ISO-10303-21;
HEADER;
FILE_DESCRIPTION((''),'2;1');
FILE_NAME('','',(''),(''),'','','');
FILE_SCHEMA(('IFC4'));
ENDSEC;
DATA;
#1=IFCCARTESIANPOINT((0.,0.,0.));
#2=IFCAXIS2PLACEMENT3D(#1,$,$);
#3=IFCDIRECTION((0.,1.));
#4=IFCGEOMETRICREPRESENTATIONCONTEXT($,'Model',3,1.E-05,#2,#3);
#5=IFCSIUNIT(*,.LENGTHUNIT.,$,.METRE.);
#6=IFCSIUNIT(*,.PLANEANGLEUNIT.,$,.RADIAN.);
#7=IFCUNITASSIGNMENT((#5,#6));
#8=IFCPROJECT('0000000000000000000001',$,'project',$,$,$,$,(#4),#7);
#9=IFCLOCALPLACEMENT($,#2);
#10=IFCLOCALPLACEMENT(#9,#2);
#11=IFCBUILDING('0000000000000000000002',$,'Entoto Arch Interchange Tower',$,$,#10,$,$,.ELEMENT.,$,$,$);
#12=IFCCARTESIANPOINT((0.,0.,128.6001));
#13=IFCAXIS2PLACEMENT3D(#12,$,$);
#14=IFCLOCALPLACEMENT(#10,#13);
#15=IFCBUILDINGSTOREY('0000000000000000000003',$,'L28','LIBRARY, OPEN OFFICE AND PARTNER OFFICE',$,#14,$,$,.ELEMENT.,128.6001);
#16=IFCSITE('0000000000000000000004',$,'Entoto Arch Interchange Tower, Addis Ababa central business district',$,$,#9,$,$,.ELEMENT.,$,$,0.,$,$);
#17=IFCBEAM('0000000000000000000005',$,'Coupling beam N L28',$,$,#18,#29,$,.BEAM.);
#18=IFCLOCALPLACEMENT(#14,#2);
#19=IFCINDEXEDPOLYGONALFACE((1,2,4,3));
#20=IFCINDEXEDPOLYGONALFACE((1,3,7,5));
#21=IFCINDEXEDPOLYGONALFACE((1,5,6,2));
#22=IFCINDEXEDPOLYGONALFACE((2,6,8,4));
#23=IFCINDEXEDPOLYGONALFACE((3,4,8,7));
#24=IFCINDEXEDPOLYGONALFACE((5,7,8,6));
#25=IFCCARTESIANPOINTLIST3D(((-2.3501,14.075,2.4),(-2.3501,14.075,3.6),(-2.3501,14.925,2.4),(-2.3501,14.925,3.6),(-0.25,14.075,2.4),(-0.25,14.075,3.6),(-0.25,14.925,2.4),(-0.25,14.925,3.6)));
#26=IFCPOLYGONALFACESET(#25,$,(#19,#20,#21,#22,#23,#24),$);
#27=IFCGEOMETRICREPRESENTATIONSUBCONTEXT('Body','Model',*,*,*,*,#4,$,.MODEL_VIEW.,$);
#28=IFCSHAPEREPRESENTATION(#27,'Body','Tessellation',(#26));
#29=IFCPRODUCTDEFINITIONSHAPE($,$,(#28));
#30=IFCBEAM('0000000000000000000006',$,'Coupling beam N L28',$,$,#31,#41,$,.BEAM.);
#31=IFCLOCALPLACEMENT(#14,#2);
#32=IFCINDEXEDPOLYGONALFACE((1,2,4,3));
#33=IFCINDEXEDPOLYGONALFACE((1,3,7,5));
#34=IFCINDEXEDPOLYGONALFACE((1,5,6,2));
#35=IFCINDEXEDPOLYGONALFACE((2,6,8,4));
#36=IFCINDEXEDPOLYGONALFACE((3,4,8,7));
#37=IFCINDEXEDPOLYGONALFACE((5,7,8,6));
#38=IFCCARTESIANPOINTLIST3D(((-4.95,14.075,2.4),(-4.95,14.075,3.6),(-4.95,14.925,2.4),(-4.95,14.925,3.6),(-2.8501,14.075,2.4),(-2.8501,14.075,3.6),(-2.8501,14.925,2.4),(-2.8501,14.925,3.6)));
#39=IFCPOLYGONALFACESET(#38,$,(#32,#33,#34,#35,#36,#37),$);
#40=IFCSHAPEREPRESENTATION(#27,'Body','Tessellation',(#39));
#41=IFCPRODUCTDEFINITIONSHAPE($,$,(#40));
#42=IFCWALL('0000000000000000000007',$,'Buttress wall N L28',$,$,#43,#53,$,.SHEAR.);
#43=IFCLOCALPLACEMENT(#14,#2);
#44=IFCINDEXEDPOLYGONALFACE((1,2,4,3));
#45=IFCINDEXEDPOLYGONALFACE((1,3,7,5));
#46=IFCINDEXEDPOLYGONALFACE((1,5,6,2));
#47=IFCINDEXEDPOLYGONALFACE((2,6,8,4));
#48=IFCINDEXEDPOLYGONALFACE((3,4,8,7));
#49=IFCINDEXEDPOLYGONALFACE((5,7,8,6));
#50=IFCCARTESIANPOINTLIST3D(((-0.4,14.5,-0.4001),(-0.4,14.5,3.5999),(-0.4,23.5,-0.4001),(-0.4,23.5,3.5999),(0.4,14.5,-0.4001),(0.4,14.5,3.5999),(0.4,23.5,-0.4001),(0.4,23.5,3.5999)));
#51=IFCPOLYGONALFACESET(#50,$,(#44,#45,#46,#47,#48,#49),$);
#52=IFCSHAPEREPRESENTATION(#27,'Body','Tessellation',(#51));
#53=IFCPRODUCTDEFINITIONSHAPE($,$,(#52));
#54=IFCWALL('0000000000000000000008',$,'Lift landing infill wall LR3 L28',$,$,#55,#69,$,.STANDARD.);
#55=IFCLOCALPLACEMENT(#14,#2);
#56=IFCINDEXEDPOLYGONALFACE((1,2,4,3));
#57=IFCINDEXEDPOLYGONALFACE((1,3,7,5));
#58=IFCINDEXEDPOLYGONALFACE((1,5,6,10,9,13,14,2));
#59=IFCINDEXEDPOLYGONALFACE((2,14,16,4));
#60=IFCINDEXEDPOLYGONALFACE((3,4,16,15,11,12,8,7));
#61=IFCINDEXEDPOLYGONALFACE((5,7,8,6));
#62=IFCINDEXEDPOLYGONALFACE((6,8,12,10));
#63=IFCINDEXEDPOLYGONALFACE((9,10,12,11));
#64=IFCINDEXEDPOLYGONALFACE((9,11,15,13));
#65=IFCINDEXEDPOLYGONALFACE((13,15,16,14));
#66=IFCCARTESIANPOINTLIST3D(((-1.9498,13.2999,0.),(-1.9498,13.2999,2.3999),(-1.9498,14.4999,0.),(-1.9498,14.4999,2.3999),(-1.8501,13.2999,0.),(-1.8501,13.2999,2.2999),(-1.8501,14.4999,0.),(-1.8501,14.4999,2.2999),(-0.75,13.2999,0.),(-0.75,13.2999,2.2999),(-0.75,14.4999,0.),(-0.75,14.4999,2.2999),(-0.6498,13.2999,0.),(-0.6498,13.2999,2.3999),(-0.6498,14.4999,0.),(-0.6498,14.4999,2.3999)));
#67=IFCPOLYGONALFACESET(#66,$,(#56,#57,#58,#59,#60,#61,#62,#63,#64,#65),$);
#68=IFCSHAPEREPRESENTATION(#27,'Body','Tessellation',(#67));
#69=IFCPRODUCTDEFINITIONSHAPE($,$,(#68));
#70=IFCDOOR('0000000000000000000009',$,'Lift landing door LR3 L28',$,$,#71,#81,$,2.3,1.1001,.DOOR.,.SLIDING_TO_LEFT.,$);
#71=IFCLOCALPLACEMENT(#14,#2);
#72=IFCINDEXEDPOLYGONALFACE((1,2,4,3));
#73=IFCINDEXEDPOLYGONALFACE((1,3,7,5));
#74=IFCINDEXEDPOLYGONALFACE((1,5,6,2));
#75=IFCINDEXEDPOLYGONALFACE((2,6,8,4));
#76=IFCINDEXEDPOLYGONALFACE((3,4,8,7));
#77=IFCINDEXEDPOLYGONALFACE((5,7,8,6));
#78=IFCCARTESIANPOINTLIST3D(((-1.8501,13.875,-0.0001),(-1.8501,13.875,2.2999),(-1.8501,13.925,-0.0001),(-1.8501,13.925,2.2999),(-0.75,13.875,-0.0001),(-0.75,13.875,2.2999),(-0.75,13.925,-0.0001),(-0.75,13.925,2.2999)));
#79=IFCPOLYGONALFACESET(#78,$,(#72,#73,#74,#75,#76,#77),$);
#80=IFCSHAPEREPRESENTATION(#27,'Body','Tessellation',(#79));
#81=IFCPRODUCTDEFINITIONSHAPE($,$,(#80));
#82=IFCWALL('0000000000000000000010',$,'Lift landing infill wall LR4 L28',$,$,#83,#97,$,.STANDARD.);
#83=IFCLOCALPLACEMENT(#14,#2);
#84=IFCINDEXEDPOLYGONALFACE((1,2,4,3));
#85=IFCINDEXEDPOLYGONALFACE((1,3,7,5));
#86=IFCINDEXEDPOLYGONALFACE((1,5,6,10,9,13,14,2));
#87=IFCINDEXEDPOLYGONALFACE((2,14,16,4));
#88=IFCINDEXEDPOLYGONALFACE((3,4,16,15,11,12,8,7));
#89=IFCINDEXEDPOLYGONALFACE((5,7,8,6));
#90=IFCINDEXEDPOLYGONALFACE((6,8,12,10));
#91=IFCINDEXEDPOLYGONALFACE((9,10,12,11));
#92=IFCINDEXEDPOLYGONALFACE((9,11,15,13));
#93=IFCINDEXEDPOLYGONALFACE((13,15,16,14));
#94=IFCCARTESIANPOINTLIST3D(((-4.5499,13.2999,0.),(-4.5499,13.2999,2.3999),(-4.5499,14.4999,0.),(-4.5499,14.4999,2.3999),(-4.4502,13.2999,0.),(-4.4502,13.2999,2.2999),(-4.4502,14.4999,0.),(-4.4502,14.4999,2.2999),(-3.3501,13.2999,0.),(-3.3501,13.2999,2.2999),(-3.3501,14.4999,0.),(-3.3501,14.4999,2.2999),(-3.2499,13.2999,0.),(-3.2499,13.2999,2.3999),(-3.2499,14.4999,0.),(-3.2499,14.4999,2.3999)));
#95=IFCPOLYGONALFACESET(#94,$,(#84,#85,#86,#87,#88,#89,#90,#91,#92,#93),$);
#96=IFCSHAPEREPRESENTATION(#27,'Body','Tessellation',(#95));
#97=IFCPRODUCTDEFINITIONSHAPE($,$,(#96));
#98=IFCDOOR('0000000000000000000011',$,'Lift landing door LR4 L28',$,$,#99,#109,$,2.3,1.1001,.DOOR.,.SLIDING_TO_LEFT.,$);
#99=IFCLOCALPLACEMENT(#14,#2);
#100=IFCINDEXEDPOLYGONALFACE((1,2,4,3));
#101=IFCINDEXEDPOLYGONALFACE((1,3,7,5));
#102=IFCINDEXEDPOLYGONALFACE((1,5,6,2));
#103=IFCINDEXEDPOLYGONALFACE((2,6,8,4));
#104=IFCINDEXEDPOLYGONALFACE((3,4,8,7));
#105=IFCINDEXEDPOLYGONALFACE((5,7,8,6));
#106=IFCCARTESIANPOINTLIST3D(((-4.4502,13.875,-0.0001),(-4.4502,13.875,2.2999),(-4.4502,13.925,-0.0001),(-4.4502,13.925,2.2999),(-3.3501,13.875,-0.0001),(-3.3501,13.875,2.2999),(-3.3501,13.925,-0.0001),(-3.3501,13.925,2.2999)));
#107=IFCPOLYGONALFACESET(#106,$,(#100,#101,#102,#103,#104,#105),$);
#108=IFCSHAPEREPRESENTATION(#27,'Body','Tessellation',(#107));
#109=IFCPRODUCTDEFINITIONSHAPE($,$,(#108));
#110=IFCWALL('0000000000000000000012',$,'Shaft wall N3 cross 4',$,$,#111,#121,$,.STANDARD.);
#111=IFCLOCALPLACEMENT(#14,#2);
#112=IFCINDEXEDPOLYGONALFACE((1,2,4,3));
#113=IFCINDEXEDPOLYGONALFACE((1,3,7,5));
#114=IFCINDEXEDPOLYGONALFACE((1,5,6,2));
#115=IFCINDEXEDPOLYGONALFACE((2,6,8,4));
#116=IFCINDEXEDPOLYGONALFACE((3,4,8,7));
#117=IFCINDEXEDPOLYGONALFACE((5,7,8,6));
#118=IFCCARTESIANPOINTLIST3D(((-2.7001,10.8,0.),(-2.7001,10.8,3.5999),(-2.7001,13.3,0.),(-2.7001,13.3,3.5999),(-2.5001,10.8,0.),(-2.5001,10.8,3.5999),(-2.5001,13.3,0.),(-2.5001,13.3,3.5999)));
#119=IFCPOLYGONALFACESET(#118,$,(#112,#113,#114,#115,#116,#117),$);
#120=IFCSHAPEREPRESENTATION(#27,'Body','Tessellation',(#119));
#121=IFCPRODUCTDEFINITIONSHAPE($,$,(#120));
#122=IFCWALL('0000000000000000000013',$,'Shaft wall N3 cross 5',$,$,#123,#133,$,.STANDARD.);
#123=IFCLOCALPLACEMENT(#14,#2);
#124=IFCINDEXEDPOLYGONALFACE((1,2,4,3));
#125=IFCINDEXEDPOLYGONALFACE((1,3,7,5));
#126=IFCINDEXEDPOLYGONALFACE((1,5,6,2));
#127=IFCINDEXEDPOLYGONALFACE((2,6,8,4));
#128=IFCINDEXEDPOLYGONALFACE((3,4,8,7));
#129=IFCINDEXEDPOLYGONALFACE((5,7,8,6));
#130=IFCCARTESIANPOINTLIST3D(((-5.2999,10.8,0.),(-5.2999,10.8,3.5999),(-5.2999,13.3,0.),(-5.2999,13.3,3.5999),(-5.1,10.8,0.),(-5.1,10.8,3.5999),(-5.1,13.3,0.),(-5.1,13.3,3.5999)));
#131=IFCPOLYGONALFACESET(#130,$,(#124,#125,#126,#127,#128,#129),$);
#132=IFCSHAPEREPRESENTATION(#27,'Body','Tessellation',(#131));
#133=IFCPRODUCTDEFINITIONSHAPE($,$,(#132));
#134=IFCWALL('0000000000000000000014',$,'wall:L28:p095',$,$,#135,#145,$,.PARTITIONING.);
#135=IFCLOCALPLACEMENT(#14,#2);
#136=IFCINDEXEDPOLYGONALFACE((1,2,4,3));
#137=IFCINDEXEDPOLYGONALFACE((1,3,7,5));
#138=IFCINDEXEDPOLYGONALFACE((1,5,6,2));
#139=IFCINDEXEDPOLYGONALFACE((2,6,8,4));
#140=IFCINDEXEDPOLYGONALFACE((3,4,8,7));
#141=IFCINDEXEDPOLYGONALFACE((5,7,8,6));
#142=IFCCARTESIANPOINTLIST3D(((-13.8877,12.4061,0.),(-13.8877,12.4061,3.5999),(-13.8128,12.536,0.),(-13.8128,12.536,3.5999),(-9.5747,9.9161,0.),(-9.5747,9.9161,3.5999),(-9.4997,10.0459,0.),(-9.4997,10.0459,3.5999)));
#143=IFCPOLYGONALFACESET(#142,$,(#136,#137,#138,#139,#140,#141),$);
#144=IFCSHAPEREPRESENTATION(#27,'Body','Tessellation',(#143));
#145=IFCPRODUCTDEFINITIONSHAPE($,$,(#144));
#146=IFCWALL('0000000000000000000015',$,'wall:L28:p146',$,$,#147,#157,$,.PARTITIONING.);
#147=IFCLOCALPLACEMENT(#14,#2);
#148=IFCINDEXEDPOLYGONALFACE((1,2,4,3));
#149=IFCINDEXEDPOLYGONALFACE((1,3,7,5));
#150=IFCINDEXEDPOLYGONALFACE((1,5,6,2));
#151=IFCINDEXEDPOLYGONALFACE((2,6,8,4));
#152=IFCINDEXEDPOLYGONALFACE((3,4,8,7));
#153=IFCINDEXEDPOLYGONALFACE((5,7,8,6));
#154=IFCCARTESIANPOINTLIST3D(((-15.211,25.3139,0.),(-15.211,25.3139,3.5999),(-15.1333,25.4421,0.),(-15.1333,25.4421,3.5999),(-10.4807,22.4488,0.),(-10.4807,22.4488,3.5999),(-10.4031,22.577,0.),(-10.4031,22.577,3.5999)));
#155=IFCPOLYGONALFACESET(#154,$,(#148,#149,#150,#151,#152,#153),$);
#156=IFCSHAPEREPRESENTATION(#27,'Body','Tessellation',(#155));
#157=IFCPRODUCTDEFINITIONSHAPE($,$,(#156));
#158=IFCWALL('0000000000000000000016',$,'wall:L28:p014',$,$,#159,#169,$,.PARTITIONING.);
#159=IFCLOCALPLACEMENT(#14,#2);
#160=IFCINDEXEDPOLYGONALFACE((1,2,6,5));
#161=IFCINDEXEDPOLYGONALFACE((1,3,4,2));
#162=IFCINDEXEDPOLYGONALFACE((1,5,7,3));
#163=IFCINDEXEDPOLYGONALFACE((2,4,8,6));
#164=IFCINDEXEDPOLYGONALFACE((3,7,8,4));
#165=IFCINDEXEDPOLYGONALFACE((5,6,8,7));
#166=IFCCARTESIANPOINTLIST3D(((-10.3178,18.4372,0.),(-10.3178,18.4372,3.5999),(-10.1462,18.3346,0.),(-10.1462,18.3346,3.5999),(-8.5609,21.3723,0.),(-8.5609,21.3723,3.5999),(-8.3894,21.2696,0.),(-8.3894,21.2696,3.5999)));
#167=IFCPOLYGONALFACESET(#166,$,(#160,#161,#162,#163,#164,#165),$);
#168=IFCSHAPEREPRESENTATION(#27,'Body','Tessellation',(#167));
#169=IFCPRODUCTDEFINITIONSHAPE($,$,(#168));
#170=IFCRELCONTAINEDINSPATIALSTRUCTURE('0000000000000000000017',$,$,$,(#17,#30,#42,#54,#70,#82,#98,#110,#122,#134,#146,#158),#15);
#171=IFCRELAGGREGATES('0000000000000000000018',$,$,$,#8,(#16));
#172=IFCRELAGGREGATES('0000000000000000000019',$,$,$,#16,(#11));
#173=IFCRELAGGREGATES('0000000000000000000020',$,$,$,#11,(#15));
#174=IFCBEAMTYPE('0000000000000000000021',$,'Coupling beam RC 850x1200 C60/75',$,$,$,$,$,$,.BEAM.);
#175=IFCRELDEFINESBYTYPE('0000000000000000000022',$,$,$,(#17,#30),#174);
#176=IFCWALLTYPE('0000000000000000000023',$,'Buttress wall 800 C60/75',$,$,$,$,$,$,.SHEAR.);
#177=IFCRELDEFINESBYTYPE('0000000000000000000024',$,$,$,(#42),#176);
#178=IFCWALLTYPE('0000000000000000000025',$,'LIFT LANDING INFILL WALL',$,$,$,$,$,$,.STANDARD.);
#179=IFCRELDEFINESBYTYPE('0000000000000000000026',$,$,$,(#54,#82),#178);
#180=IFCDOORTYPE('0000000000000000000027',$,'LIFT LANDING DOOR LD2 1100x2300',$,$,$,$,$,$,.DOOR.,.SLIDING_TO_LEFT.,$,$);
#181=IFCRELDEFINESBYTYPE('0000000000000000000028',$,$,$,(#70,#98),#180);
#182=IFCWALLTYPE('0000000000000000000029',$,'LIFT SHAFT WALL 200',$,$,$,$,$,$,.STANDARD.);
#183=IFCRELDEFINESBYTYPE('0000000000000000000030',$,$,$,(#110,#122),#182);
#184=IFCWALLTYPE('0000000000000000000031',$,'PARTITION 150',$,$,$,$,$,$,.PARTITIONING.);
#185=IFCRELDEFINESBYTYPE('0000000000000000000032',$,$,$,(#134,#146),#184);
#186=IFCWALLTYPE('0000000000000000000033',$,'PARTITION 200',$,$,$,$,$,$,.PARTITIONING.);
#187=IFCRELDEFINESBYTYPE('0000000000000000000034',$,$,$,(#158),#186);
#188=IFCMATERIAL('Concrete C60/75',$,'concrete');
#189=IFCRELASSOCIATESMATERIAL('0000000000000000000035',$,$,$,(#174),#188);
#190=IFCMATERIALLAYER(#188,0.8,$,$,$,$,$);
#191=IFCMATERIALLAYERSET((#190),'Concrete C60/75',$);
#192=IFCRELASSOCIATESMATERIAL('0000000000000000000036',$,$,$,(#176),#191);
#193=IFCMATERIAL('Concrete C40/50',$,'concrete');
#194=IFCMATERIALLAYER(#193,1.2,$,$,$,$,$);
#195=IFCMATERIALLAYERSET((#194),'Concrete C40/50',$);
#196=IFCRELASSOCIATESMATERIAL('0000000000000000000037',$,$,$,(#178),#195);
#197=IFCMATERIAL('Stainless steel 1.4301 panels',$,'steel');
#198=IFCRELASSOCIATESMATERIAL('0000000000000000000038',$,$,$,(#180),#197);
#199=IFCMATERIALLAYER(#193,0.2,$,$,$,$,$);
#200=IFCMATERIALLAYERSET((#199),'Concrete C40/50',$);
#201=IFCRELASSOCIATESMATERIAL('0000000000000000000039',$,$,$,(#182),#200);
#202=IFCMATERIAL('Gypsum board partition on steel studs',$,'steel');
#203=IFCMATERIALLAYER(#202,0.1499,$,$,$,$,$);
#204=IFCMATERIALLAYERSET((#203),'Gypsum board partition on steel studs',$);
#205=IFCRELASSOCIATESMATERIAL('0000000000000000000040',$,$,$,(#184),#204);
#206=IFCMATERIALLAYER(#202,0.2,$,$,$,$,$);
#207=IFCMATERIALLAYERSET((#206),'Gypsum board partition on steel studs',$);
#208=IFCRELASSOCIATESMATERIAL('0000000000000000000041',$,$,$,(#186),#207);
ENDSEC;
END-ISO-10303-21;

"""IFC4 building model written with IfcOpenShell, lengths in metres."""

from ifc_helpers import new_model, si_unit, direction, frame, frame_2d, origin, origin_2d, place, context, subcontext, project, spatial, rectangle, extrude, material, layer, layer_set, material_profile, profile_set, type_object, element, fill, save


model = new_model("IFC4")

# Units and contexts
model_context = context("Model", 3, precision=1e-05, world=origin(), true_north=direction((0.0, 1.0)))
body_context = subcontext(model_context, "Body", "Model", "MODEL_VIEW")
ifc_project = project(units=[si_unit("LENGTHUNIT", "METRE"), si_unit("PLANEANGLEUNIT", "RADIAN")], contexts=[model_context])

# Site, building, storey
site_placement = place(None, origin())
site = spatial("IfcSite", under=ifc_project, at=site_placement, Name="Entoto Arch Interchange Tower, Addis Ababa central business district", CompositionType="ELEMENT", RefElevation=0.0)
building_placement = place(site_placement, origin())
building = spatial("IfcBuilding", under=site, at=building_placement, Name="Entoto Arch Interchange Tower", CompositionType="ELEMENT")
storey_placement = place(building_placement, frame((0.0, 0.0, 128.6001)))
storey = spatial("IfcBuildingStorey", under=building, at=storey_placement, Name="L28", Description="LIBRARY, OPEN OFFICE AND PARTNER OFFICE", CompositionType="ELEMENT", Elevation=128.6001)

# Beams
ifc_material_1 = material(Name="Concrete C60/75", Category="concrete")
ifc_material_profile = material_profile(ifc_material_1, rectangle(XDim=0.8501, YDim=1.2, at=origin_2d()))
ifc_profile_set = profile_set([ifc_material_profile], Name="Concrete C60/75")
beam_type = type_object("IfcBeamType", Name="Coupling beam RC 850x1200 C60/75", PredefinedType="BEAM", material=ifc_profile_set)
beam_1_placement = place(storey_placement, frame((-0.25, 14.5, 3.0), z_axis=(-1.0, 0.0, 0.0), x_axis=(0.0, -1.0, 0.0)))
element("IfcBeam", 1, at=beam_1_placement, inside=storey, type_object=beam_type, Name="Coupling beam N L28", PredefinedType="BEAM", context=body_context, shape_type="SweptSolid", body=[
    extrude(rectangle(XDim=0.8501, YDim=1.2, at=origin_2d()), origin(), (0.0, 0.0, 1.0), 2.1001),
])
beam_2_placement = place(storey_placement, frame((-2.8501, 14.5, 3.0), z_axis=(-1.0, 0.0, 0.0), x_axis=(0.0, -1.0, 0.0)))
element("IfcBeam", 2, at=beam_2_placement, inside=storey, type_object=beam_type, Name="Coupling beam N L28", PredefinedType="BEAM", context=body_context, shape_type="SweptSolid", body=[
    extrude(rectangle(XDim=0.8501, YDim=1.2, at=origin_2d()), origin(), (0.0, 0.0, 1.0), 2.0999),
])

# Wall
ifc_layer_1 = layer(ifc_material_1, 0.8)
ifc_layer_set_1 = layer_set([ifc_layer_1], Name="Concrete C60/75")
wall_type_1 = type_object("IfcWallType", Name="Buttress wall 800 C60/75", PredefinedType="SHEAR", material=ifc_layer_set_1)
wall_1_placement = place(storey_placement, frame((0.0, 14.5, -0.4001), z_axis=(0.0, 0.0, 1.0), x_axis=(0.0, 1.0, 0.0)))
element("IfcWall", 3, at=wall_1_placement, inside=storey, type_object=wall_type_1, Name="Buttress wall N L28", PredefinedType="SHEAR", context=body_context, shape_type="SweptSolid", body=[
    extrude(rectangle(XDim=9.0, YDim=0.8, at=frame_2d((4.5, 0.0))), origin(), (0.0, 0.0, 1.0), 4.0),
])

# Walls, openings, doors
ifc_material_2 = material(Name="Concrete C40/50", Category="concrete")
ifc_layer_2 = layer(ifc_material_2, 1.2)
ifc_layer_set_2 = layer_set([ifc_layer_2], Name="Concrete C40/50")
wall_type_2 = type_object("IfcWallType", Name="LIFT LANDING INFILL WALL", PredefinedType="STANDARD", material=ifc_layer_set_2)
wall_2_placement = place(storey_placement, frame((-0.6499, 13.8999, 0.0), z_axis=(0.0, 0.0, 1.0), x_axis=(-1.0, 0.0, 0.0)))
wall_2 = element("IfcWall", 4, at=wall_2_placement, inside=storey, type_object=wall_type_2, Name="Lift landing infill wall LR3 L28", PredefinedType="STANDARD", context=body_context, shape_type="SweptSolid", body=[
    extrude(rectangle(XDim=1.3, YDim=1.2, at=frame_2d((0.6499, 0.0))), origin(), (0.0, 0.0, 1.0), 2.3999),
])
opening_1_placement = place(wall_2_placement, frame((0.1001, 0.0, 0.0)))
opening_1 = element("IfcOpeningElement", 5, at=opening_1_placement, cuts=wall_2, PredefinedType="OPENING", context=body_context, shape_type="SweptSolid", body=[
    extrude(rectangle(XDim=1.1001, YDim=2.3, at=frame_2d((0.55, 1.1499))), frame((0.0, 0.6099, 0.0), z_axis=(0.0, -1.0, 0.0), x_axis=(1.0, 0.0, 0.0)), (0.0, 0.0, 1.0), 1.22),
])
ifc_material_3 = material(Name="Stainless steel 1.4301 panels", Category="steel")
door_type_1 = type_object("IfcDoorType", Name="LIFT LANDING DOOR LD2 1100x2300", OperationType="SLIDING_TO_LEFT", PredefinedType="DOOR", material=ifc_material_3)
door_1_placement = place(opening_1_placement, origin())
door_1 = element("IfcDoor", 6, at=door_1_placement, inside=storey, type_object=door_type_1, Name="Lift landing door LR3 L28", OperationType="SLIDING_TO_LEFT", OverallHeight=2.3, OverallWidth=1.1001, PredefinedType="DOOR", context=body_context, shape_type="SweptSolid", body=[
    extrude(rectangle(XDim=1.1001, YDim=2.3, at=frame_2d((0.55, 1.1499))), frame((0.0, 0.0249, 0.0), z_axis=(0.0, -1.0, 0.0), x_axis=(1.0, 0.0, 0.0)), (0.0, 0.0, 1.0), 0.05),
])
fill(opening_1, door_1)
wall_3_placement = place(storey_placement, frame((-3.25, 13.8999, 0.0), z_axis=(0.0, 0.0, 1.0), x_axis=(-1.0, 0.0, 0.0)))
wall_3 = element("IfcWall", 7, at=wall_3_placement, inside=storey, type_object=wall_type_2, Name="Lift landing infill wall LR4 L28", PredefinedType="STANDARD", context=body_context, shape_type="SweptSolid", body=[
    extrude(rectangle(XDim=1.3, YDim=1.2, at=frame_2d((0.6499, 0.0))), origin(), (0.0, 0.0, 1.0), 2.3999),
])
opening_2_placement = place(wall_3_placement, frame((0.1001, 0.0, 0.0)))
opening_2 = element("IfcOpeningElement", 8, at=opening_2_placement, cuts=wall_3, PredefinedType="OPENING", context=body_context, shape_type="SweptSolid", body=[
    extrude(rectangle(XDim=1.1001, YDim=2.3, at=frame_2d((0.55, 1.1499))), frame((0.0, 0.6099, 0.0), z_axis=(0.0, -1.0, 0.0), x_axis=(1.0, 0.0, 0.0)), (0.0, 0.0, 1.0), 1.22),
])
door_2_placement = place(opening_2_placement, origin())
door_2 = element("IfcDoor", 9, at=door_2_placement, inside=storey, type_object=door_type_1, Name="Lift landing door LR4 L28", OperationType="SLIDING_TO_LEFT", OverallHeight=2.3, OverallWidth=1.1001, PredefinedType="DOOR", context=body_context, shape_type="SweptSolid", body=[
    extrude(rectangle(XDim=1.1001, YDim=2.3, at=frame_2d((0.55, 1.1499))), frame((0.0, 0.0249, 0.0), z_axis=(0.0, -1.0, 0.0), x_axis=(1.0, 0.0, 0.0)), (0.0, 0.0, 1.0), 0.05),
])
fill(opening_2, door_2)

# Walls
ifc_layer_3 = layer(ifc_material_2, 0.2)
ifc_layer_set_3 = layer_set([ifc_layer_3], Name="Concrete C40/50")
wall_type_3 = type_object("IfcWallType", Name="LIFT SHAFT WALL 200", PredefinedType="STANDARD", material=ifc_layer_set_3)
for number, where, z_axis, x_axis, name in (
    (10, (-2.6001, 10.8, 0.0), (0.0, 0.0, 1.0), (0.0, 1.0, 0.0), "Shaft wall N3 cross 4"),
    (11, (-5.2, 10.8, 0.0), (0.0, 0.0, 1.0), (0.0, 1.0, 0.0), "Shaft wall N3 cross 5"),
):
    element("IfcWall", number, at=place(storey_placement, frame(where, z_axis=z_axis, x_axis=x_axis)), inside=storey, type_object=wall_type_3, Name=name, PredefinedType="STANDARD", context=body_context, shape_type="SweptSolid", body=[
        extrude(rectangle(XDim=2.5, YDim=0.2, at=frame_2d((1.25, 0.0))), origin(), (0.0, 0.0, 1.0), 3.5999),
    ])
ifc_material_4 = material(Name="Gypsum board partition on steel studs", Category="steel")
ifc_layer_4 = layer(ifc_material_4, 0.1499)
ifc_layer_set_4 = layer_set([ifc_layer_4], Name="Gypsum board partition on steel studs")
wall_type_4 = type_object("IfcWallType", Name="PARTITION 150", PredefinedType="PARTITIONING", material=ifc_layer_set_4)
wall_4_placement = place(storey_placement, frame((-9.5371, 9.981, 0.0), z_axis=(0.0, 0.0, 1.0), x_axis=(-0.866035, 0.499983, 0.0)))
element("IfcWall", 12, at=wall_4_placement, inside=storey, type_object=wall_type_4, Name="wall:L28:p095", PredefinedType="PARTITIONING", context=body_context, shape_type="SweptSolid", body=[
    extrude(rectangle(XDim=4.9802, YDim=0.1499, at=frame_2d((2.4902, 0.0))), origin(), (0.0, 0.0, 1.0), 3.5999),
])
wall_5_placement = place(storey_placement, frame((-10.4419, 22.5129, 0.0), z_axis=(0.0, 0.0, 1.0), x_axis=(-0.855343, 0.518062, 0.0)))
element("IfcWall", 13, at=wall_5_placement, inside=storey, type_object=wall_type_4, Name="wall:L28:p146", PredefinedType="PARTITIONING", context=body_context, shape_type="SweptSolid", body=[
    extrude(rectangle(XDim=5.5303, YDim=0.1499, at=frame_2d((2.7651, 0.0))), origin(), (0.0, 0.0, 1.0), 3.5999),
])
ifc_layer_5 = layer(ifc_material_4, 0.2)
ifc_layer_set_5 = layer_set([ifc_layer_5], Name="Gypsum board partition on steel studs")
wall_type_5 = type_object("IfcWallType", Name="PARTITION 200", PredefinedType="PARTITIONING", material=ifc_layer_set_5)
wall_6_placement = place(storey_placement, frame((-8.4751, 21.321, 0.0), z_axis=(0.0, 0.0, 1.0), x_axis=(-0.513593, -0.858034, 0.0)))
element("IfcWall", 14, at=wall_6_placement, inside=storey, type_object=wall_type_5, Name="wall:L28:p014", PredefinedType="PARTITIONING", context=body_context, shape_type="SweptSolid", body=[
    extrude(rectangle(XDim=3.4207, YDim=0.2, at=frame_2d((1.7104, 0.0))), origin(), (0.0, 0.0, 1.0), 3.5999),
])

save(model, "model.ifc")
